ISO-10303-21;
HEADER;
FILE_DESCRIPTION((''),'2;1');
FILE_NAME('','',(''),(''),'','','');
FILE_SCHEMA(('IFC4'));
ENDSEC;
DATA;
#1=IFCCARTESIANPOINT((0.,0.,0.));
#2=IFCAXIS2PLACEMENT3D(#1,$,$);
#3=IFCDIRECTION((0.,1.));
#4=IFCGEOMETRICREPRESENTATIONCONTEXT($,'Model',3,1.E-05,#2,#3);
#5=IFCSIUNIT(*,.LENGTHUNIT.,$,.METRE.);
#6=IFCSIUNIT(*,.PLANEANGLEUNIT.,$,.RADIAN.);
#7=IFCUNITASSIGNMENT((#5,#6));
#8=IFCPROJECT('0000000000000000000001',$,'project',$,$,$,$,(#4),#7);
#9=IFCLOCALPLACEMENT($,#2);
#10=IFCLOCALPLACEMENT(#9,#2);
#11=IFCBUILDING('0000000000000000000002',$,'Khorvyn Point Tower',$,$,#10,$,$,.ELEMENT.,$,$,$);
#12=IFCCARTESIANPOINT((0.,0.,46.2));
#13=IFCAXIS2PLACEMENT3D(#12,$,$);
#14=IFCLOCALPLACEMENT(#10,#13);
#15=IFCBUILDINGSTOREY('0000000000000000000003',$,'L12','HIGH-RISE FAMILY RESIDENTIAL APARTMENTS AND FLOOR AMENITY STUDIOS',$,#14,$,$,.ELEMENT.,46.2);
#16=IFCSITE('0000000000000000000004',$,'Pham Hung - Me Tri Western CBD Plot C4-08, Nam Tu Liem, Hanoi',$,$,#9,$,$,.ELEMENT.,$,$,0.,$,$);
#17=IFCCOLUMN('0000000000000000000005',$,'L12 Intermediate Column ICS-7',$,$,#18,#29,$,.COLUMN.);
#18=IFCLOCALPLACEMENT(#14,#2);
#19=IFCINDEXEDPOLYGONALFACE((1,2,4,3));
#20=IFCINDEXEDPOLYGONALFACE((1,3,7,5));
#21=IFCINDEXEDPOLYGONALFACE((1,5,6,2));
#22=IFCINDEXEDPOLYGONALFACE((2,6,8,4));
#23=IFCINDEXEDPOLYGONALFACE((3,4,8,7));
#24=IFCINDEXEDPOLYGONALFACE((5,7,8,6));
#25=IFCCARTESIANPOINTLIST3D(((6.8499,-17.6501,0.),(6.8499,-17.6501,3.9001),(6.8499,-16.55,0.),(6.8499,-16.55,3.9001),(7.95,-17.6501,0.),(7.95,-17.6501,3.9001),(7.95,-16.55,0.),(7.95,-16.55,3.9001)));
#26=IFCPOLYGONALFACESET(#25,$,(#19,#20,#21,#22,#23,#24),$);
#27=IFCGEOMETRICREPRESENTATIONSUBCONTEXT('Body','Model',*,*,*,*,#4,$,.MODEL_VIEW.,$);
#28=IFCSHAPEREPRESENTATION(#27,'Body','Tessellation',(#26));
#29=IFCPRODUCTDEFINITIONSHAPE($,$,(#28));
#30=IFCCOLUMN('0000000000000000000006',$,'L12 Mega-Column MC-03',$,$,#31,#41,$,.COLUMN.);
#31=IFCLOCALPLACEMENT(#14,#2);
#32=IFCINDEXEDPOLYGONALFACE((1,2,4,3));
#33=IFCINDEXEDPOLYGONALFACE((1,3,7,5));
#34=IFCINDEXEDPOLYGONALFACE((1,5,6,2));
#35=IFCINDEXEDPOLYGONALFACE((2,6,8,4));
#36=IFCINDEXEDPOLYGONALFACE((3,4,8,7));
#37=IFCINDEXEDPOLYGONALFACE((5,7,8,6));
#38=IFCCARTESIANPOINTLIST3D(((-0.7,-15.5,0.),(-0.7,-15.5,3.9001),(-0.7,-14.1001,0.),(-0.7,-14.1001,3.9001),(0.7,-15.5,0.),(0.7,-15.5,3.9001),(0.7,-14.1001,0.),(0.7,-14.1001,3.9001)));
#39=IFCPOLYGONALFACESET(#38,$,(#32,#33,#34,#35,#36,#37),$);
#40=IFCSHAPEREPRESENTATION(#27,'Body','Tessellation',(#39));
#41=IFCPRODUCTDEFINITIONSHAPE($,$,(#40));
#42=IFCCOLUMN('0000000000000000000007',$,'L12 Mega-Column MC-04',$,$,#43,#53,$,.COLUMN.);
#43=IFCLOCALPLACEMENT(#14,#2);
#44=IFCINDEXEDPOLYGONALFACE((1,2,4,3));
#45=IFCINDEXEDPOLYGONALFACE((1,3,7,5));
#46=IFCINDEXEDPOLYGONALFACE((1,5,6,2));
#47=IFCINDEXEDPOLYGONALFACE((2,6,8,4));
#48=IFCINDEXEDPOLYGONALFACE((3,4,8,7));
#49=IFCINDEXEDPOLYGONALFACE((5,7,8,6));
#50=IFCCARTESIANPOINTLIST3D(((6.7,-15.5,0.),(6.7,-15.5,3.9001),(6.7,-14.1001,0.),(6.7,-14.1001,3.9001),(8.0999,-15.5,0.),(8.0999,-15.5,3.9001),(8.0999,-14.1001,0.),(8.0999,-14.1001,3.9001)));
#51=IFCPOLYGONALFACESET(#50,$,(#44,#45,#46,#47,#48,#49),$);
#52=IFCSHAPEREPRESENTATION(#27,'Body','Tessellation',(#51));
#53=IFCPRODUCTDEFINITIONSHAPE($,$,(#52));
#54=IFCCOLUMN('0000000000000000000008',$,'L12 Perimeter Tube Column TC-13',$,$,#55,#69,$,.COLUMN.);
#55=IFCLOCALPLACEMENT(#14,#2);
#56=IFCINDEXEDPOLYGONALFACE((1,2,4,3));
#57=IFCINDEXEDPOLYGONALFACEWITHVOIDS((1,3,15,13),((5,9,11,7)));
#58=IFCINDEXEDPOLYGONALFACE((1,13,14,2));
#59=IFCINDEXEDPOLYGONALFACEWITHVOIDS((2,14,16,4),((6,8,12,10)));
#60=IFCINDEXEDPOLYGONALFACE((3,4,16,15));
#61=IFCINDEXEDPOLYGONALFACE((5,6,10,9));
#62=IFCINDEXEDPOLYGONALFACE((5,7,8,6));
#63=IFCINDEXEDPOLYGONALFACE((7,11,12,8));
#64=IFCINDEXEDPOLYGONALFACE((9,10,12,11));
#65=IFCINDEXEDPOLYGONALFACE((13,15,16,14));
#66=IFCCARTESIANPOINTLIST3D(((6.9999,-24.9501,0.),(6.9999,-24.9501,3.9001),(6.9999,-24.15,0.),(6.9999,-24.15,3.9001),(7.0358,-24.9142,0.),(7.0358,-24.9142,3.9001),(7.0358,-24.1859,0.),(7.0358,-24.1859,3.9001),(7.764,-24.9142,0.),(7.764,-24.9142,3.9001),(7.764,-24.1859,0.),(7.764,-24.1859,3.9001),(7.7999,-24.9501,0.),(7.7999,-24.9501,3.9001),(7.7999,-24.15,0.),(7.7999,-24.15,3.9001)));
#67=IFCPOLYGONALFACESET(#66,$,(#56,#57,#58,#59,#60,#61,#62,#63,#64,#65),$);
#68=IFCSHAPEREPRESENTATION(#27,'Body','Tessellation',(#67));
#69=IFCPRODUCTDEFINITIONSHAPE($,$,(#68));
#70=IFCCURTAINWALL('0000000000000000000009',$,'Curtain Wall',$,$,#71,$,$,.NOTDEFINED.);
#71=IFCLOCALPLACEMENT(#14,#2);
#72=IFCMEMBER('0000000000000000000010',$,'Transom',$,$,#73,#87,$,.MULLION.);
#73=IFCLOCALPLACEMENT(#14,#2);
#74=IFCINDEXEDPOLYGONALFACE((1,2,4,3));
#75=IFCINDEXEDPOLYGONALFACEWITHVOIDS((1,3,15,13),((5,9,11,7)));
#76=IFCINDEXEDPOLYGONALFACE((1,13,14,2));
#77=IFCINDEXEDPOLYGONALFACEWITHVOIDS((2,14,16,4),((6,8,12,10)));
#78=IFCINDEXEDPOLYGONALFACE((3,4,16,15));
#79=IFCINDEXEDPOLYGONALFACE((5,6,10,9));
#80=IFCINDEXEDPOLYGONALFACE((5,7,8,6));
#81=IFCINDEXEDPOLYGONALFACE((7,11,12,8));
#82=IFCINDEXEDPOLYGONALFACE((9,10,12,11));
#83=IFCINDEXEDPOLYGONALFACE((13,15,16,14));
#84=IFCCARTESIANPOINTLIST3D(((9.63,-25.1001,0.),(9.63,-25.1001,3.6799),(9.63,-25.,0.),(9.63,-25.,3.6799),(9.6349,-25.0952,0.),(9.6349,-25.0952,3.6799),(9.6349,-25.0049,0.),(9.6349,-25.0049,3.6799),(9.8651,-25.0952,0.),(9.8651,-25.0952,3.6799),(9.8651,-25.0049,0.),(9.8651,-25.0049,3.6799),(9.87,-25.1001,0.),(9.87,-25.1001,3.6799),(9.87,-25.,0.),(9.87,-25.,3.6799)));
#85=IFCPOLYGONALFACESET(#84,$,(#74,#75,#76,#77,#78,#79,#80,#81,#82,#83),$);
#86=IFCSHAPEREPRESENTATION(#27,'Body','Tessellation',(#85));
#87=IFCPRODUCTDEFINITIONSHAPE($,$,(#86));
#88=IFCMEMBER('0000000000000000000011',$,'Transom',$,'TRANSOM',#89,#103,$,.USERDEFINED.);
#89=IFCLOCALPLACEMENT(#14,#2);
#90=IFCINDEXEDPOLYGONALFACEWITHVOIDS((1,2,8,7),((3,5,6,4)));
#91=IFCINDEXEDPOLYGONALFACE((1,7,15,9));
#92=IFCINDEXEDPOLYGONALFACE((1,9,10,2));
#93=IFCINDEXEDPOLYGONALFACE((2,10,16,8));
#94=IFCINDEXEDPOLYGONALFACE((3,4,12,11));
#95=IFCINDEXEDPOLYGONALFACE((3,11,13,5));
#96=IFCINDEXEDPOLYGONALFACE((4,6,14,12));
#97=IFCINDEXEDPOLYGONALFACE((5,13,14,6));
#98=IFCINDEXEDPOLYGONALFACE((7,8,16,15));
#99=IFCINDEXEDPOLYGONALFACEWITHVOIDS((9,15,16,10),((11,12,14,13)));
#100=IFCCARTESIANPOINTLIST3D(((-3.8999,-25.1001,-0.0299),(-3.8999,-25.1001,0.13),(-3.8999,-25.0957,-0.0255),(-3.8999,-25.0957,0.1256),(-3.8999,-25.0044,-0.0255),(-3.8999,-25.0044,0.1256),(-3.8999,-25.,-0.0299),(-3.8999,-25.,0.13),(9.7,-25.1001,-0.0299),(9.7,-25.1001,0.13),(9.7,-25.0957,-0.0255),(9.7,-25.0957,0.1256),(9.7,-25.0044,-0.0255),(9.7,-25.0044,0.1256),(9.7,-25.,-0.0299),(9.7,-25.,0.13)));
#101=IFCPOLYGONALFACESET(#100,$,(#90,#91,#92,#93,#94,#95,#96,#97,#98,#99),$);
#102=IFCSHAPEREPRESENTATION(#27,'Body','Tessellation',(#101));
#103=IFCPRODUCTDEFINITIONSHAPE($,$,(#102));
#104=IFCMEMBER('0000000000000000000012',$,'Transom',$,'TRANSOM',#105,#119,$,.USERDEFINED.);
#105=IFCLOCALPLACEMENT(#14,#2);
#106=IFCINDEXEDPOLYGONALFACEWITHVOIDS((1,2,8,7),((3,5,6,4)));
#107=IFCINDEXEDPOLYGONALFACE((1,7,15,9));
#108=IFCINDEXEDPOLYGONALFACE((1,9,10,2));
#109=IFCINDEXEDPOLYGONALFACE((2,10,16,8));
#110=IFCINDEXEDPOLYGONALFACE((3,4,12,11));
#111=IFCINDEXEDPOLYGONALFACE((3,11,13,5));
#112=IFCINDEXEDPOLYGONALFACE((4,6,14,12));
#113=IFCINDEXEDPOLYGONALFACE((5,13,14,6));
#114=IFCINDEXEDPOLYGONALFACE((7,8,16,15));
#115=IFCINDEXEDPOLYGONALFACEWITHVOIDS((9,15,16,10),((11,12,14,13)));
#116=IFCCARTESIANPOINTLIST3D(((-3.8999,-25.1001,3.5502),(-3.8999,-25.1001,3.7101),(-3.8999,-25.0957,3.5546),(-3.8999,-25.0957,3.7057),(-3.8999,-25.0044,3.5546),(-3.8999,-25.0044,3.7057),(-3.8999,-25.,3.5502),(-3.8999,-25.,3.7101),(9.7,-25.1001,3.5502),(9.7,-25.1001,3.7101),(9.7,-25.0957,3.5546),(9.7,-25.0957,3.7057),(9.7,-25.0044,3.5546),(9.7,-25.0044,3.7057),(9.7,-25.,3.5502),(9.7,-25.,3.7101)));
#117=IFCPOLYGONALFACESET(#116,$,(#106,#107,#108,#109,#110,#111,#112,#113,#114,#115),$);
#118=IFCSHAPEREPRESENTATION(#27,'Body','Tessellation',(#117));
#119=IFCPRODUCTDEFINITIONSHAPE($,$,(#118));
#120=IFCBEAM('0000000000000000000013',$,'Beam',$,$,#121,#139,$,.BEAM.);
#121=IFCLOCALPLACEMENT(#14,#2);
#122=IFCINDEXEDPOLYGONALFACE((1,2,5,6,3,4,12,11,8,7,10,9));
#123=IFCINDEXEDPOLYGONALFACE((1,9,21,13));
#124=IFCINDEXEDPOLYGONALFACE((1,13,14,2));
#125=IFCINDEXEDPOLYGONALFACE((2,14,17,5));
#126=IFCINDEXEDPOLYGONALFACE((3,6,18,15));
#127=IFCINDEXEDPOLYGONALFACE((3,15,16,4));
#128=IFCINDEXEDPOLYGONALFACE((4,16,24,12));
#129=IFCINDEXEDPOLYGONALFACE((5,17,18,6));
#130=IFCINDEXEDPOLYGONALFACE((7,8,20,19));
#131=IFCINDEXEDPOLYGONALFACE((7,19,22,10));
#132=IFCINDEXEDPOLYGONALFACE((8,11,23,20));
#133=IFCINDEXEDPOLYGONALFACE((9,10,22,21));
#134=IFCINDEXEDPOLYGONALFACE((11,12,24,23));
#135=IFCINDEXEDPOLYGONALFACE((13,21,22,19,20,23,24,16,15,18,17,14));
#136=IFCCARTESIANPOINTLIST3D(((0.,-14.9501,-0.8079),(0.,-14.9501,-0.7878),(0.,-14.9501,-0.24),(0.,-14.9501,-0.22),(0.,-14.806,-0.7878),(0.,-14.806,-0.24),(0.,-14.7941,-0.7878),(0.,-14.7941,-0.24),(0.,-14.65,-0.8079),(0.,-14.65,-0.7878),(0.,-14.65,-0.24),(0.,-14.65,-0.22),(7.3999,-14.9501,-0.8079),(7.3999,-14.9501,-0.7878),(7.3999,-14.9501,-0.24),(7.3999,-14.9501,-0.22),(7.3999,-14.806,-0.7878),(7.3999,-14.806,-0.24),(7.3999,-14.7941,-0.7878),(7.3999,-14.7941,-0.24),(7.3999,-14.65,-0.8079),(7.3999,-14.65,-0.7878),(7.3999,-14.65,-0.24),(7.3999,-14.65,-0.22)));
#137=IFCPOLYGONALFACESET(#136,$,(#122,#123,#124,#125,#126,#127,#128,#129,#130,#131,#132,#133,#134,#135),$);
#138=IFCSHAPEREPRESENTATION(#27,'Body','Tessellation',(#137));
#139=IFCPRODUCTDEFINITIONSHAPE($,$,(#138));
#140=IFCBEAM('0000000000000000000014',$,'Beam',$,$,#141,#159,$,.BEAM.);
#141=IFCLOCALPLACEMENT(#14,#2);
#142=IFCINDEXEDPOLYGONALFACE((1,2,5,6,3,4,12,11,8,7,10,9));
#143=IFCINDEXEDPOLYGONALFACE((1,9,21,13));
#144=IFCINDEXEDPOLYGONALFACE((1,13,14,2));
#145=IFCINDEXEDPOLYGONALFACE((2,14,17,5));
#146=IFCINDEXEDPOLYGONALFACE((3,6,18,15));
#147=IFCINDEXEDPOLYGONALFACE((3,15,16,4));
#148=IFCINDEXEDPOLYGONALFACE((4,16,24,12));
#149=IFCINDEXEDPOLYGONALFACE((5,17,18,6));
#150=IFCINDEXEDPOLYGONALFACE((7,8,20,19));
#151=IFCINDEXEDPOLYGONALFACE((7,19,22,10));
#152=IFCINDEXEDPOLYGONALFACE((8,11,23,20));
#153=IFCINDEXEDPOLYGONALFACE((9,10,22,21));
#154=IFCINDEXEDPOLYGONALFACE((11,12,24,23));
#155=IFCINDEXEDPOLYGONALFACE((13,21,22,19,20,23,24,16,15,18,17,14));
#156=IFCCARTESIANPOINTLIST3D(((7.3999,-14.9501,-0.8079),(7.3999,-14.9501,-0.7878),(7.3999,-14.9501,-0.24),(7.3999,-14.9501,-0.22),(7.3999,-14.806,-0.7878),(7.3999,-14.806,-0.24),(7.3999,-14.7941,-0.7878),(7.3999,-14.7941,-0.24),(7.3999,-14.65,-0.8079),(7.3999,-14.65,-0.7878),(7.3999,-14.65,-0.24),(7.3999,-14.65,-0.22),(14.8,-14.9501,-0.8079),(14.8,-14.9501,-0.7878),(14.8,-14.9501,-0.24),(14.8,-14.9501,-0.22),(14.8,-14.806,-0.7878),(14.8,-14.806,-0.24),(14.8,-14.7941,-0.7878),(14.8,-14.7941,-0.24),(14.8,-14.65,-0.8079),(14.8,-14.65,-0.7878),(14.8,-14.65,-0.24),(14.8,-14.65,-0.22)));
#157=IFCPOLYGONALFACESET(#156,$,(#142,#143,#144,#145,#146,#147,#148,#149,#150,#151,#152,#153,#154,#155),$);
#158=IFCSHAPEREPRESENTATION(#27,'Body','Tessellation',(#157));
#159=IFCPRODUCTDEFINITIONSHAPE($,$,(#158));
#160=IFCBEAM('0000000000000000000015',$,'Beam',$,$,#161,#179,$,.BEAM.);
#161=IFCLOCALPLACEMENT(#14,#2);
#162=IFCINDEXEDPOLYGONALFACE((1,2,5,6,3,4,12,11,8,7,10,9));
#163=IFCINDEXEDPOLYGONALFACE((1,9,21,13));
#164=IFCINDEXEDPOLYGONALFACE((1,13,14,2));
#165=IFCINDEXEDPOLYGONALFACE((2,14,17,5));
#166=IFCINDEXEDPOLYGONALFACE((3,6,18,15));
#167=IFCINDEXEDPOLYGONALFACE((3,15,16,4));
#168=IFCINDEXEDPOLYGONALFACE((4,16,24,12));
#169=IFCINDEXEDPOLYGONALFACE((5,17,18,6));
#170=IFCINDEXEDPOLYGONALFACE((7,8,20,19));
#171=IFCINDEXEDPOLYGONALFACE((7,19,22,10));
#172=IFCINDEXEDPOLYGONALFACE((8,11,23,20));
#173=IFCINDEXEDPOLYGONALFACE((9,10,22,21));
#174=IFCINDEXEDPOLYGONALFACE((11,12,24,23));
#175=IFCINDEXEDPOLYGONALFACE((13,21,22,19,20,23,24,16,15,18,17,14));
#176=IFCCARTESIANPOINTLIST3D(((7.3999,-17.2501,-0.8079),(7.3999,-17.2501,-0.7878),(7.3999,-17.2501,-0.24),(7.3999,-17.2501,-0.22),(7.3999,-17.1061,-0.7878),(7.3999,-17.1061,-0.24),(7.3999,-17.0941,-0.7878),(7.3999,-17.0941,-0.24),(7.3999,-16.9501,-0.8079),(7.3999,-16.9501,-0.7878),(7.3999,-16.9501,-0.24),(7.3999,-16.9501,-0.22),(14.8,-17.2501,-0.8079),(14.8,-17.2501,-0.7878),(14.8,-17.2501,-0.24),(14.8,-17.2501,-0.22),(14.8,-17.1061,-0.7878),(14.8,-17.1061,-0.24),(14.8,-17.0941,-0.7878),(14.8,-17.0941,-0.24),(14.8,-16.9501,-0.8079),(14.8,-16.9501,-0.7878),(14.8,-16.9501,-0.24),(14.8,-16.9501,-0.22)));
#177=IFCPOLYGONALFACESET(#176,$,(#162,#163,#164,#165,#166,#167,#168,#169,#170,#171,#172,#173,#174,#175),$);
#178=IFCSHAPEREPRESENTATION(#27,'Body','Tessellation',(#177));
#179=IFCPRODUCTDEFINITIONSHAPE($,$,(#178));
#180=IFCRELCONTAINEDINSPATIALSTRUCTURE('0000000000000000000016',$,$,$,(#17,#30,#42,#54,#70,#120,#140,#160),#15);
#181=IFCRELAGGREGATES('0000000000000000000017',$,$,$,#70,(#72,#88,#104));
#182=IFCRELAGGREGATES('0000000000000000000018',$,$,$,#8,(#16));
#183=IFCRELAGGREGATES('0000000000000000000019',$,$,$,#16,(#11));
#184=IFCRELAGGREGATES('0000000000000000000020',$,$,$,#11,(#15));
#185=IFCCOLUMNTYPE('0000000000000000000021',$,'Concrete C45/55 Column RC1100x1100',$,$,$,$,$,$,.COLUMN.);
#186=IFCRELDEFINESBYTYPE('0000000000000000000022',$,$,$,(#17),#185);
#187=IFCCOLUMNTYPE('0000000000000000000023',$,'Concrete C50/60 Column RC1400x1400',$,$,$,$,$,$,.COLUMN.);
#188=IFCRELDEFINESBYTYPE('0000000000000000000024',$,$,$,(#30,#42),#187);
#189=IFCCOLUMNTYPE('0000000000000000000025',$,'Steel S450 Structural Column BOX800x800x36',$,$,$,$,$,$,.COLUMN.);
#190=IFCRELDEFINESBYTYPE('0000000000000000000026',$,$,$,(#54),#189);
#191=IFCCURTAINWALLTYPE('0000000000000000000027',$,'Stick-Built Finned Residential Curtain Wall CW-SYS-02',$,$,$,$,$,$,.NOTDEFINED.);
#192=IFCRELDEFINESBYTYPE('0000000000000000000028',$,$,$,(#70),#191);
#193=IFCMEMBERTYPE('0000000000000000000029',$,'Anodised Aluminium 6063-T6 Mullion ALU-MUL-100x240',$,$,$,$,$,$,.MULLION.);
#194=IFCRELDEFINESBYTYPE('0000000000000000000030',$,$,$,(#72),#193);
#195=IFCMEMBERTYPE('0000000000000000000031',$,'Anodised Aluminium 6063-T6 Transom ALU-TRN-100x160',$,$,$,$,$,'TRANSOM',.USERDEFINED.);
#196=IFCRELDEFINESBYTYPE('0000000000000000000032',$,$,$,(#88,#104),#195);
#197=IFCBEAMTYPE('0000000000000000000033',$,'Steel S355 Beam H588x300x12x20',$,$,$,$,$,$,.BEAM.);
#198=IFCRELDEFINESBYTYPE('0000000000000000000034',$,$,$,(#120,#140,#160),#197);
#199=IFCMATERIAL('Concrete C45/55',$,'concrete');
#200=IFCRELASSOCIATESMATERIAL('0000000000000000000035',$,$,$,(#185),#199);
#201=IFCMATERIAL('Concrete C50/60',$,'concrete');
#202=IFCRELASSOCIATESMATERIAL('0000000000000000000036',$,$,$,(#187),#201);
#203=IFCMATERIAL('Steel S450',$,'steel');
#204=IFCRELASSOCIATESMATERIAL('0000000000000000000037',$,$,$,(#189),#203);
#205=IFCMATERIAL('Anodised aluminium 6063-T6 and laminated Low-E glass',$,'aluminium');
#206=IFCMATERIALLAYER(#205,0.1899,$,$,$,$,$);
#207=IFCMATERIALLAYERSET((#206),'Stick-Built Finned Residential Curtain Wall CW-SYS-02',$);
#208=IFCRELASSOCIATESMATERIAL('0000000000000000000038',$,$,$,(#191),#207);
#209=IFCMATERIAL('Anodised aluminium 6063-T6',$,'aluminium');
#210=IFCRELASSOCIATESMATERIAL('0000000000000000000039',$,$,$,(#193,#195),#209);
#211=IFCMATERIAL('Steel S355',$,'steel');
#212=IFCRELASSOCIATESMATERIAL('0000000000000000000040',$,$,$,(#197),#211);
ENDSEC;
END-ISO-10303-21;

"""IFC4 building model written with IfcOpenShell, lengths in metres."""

from ifc_helpers import new_model, si_unit, direction, frame, origin, origin_2d, place, context, subcontext, project, spatial, rectangle, hollow_rectangle, i_section, extrude, material, layer, layer_set, material_profile, profile_set, type_object, element, aggregate, save


model = new_model("IFC4")

# Units and contexts
model_context = context("Model", 3, precision=1e-05, world=origin(), true_north=direction((0.0, 1.0)))
body_context = subcontext(model_context, "Body", "Model", "MODEL_VIEW")
ifc_project = project(units=[si_unit("LENGTHUNIT", "METRE"), si_unit("PLANEANGLEUNIT", "RADIAN")], contexts=[model_context])

# Site, building, storey
site_placement = place(None, origin())
site = spatial("IfcSite", under=ifc_project, at=site_placement, Name="Pham Hung - Me Tri Western CBD Plot C4-08, Nam Tu Liem, Hanoi", CompositionType="ELEMENT", RefElevation=0.0)
building_placement = place(site_placement, origin())
building = spatial("IfcBuilding", under=site, at=building_placement, Name="Khorvyn Point Tower", CompositionType="ELEMENT")
storey_placement = place(building_placement, frame((0.0, 0.0, 46.2)))
storey = spatial("IfcBuildingStorey", under=building, at=storey_placement, Name="L12", Description="HIGH-RISE FAMILY RESIDENTIAL APARTMENTS AND FLOOR AMENITY STUDIOS", CompositionType="ELEMENT", Elevation=46.2)

# Columns
ifc_material_1 = material(Name="Concrete C45/55", Category="concrete")
ifc_material_profile_1 = material_profile(ifc_material_1, rectangle(XDim=1.1001, YDim=1.1001, at=origin_2d()))
ifc_profile_set_1 = profile_set([ifc_material_profile_1], Name="Concrete C45/55 RC1100x1100")
column_type_1 = type_object("IfcColumnType", Name="Concrete C45/55 Column RC1100x1100", PredefinedType="COLUMN", material=ifc_profile_set_1)
column_1_placement = place(storey_placement, frame((7.3999, -17.1001, 0.0), z_axis=(0.0, 0.0, 1.0), x_axis=(1.0, 0.0, 0.0)))
element("IfcColumn", 1, at=column_1_placement, inside=storey, type_object=column_type_1, Name="L12 Intermediate Column ICS-7", PredefinedType="COLUMN", context=body_context, shape_type="SweptSolid", body=[
    extrude(rectangle(XDim=1.1001, YDim=1.1001, at=origin_2d()), origin(), (0.0, 0.0, 1.0), 3.9001),
])
ifc_material_2 = material(Name="Concrete C50/60", Category="concrete")
ifc_material_profile_2 = material_profile(ifc_material_2, rectangle(XDim=1.3999, YDim=1.3999, at=origin_2d()))
ifc_profile_set_2 = profile_set([ifc_material_profile_2], Name="Concrete C50/60 RC1400x1400")
column_type_2 = type_object("IfcColumnType", Name="Concrete C50/60 Column RC1400x1400", PredefinedType="COLUMN", material=ifc_profile_set_2)
for number, where, z_axis, x_axis, name in (
    (2, (0.0, -14.8, 0.0), (0.0, 0.0, 1.0), (1.0, 0.0, 0.0), "L12 Mega-Column MC-03"),
    (3, (7.3999, -14.8, 0.0), (0.0, 0.0, 1.0), (1.0, 0.0, 0.0), "L12 Mega-Column MC-04"),
):
    element("IfcColumn", number, at=place(storey_placement, frame(where, z_axis=z_axis, x_axis=x_axis)), inside=storey, type_object=column_type_2, Name=name, PredefinedType="COLUMN", context=body_context, shape_type="SweptSolid", body=[
        extrude(rectangle(XDim=1.3999, YDim=1.3999, at=origin_2d()), origin(), (0.0, 0.0, 1.0), 3.9001),
    ])
ifc_material_3 = material(Name="Steel S450", Category="steel")
ifc_material_profile_3 = material_profile(ifc_material_3, hollow_rectangle(XDim=0.8, YDim=0.8, WallThickness=0.0359, at=origin_2d()))
ifc_profile_set_3 = profile_set([ifc_material_profile_3], Name="Steel S450 BOX800x800x36")
column_type_3 = type_object("IfcColumnType", Name="Steel S450 Structural Column BOX800x800x36", PredefinedType="COLUMN", material=ifc_profile_set_3)
column_2_placement = place(storey_placement, frame((7.3999, -24.55, 0.0), z_axis=(0.0, 0.0, 1.0), x_axis=(1.0, 0.0, 0.0)))
element("IfcColumn", 4, at=column_2_placement, inside=storey, type_object=column_type_3, Name="L12 Perimeter Tube Column TC-13", PredefinedType="COLUMN", context=body_context, shape_type="SweptSolid", body=[
    extrude(hollow_rectangle(XDim=0.8, YDim=0.8, WallThickness=0.0359, at=origin_2d()), origin(), (0.0, 0.0, 1.0), 3.9001),
])

# Curtain wall, members
ifc_material_4 = material(Name="Anodised aluminium 6063-T6 and laminated Low-E glass", Category="aluminium")
ifc_layer_1 = layer(ifc_material_4, 0.1899)
ifc_layer_set_1 = layer_set([ifc_layer_1], Name="Stick-Built Finned Residential Curtain Wall CW-SYS-02")
curtain_wall_type = type_object("IfcCurtainWallType", Name="Stick-Built Finned Residential Curtain Wall CW-SYS-02", PredefinedType="NOTDEFINED", material=ifc_layer_set_1)
curtain_wall_placement = place(storey_placement, origin())
curtain_wall = element("IfcCurtainWall", 5, at=curtain_wall_placement, inside=storey, type_object=curtain_wall_type, Name="Curtain Wall", PredefinedType="NOTDEFINED")
ifc_material_5 = material(Name="Anodised aluminium 6063-T6", Category="aluminium")
ifc_material_profile_4 = material_profile(ifc_material_5, hollow_rectangle(XDim=0.1001, YDim=0.24, WallThickness=0.0049, at=origin_2d()))
ifc_profile_set_4 = profile_set([ifc_material_profile_4], Name="Anodised aluminium 6063-T6 ALU-MUL-100x240")
member_type_1 = type_object("IfcMemberType", Name="Anodised Aluminium 6063-T6 Mullion ALU-MUL-100x240", PredefinedType="MULLION", material=ifc_profile_set_4)
member_1_placement = place(storey_placement, frame((9.75, -25.05, 0.0), z_axis=(0.0, 0.0, 1.0), x_axis=(0.0, -1.0, 0.0)))
member_1 = element("IfcMember", 6, at=member_1_placement, type_object=member_type_1, Name="Transom", PredefinedType="MULLION", context=body_context, shape_type="SweptSolid", body=[
    extrude(hollow_rectangle(XDim=0.1001, YDim=0.24, WallThickness=0.0049, at=origin_2d()), origin(), (0.0, 0.0, 1.0), 3.6799),
])
ifc_material_profile_5 = material_profile(ifc_material_5, hollow_rectangle(XDim=0.1001, YDim=0.1599, WallThickness=0.0044, at=origin_2d()))
ifc_profile_set_5 = profile_set([ifc_material_profile_5], Name="Anodised aluminium 6063-T6 ALU-TRN-100x160")
member_type_2 = type_object("IfcMemberType", Name="Anodised Aluminium 6063-T6 Transom ALU-TRN-100x160", ElementType="TRANSOM", PredefinedType="USERDEFINED", material=ifc_profile_set_5)
member_2_placement = place(storey_placement, frame((9.7, -25.05, 0.05), z_axis=(-1.0, 0.0, 0.0), x_axis=(0.0, -1.0, 0.0)))
member_2 = element("IfcMember", 7, at=member_2_placement, type_object=member_type_2, Name="Transom", ObjectType="TRANSOM", PredefinedType="USERDEFINED", context=body_context, shape_type="SweptSolid", body=[
    extrude(hollow_rectangle(XDim=0.1001, YDim=0.1599, WallThickness=0.0044, at=origin_2d()), origin(), (0.0, 0.0, 1.0), 13.5999),
])
member_3_placement = place(storey_placement, frame((9.7, -25.05, 3.6301), z_axis=(-1.0, 0.0, 0.0), x_axis=(0.0, -1.0, 0.0)))
member_3 = element("IfcMember", 8, at=member_3_placement, type_object=member_type_2, Name="Transom", ObjectType="TRANSOM", PredefinedType="USERDEFINED", context=body_context, shape_type="SweptSolid", body=[
    extrude(hollow_rectangle(XDim=0.1001, YDim=0.1599, WallThickness=0.0044, at=origin_2d()), origin(), (0.0, 0.0, 1.0), 13.5999),
])

# Beams
ifc_material_6 = material(Name="Steel S355", Category="steel")
ifc_material_profile_6 = material_profile(ifc_material_6, i_section(OverallWidth=0.3, OverallDepth=0.5879, WebThickness=0.012, FlangeThickness=0.02, at=origin_2d()))
ifc_profile_set_6 = profile_set([ifc_material_profile_6], Name="Steel S355 H588x300x12x20")
beam_type_1 = type_object("IfcBeamType", Name="Steel S355 Beam H588x300x12x20", PredefinedType="BEAM", material=ifc_profile_set_6)
beam_1_placement = place(storey_placement, frame((0.0, -14.8, -0.5139), z_axis=(1.0, 0.0, 0.0), x_axis=(0.0, 1.0, 0.0)))
element("IfcBeam", 9, at=beam_1_placement, inside=storey, type_object=beam_type_1, Name="Beam", PredefinedType="BEAM", context=body_context, shape_type="SweptSolid", body=[
    extrude(i_section(OverallWidth=0.3, OverallDepth=0.5879, WebThickness=0.012, FlangeThickness=0.02, at=origin_2d()), origin(), (0.0, 0.0, 1.0), 7.3999),
])
for number, where, z_axis, x_axis, name in (
    (10, (7.3999, -14.8, -0.5139), (1.0, 0.0, 0.0), (0.0, 1.0, 0.0), "Beam"),
    (11, (7.3999, -17.1001, -0.5139), (1.0, 0.0, 0.0), (0.0, 1.0, 0.0), "Beam"),
):
    element("IfcBeam", number, at=place(storey_placement, frame(where, z_axis=z_axis, x_axis=x_axis)), inside=storey, type_object=beam_type_1, Name=name, PredefinedType="BEAM", context=body_context, shape_type="SweptSolid", body=[
        extrude(i_section(OverallWidth=0.3, OverallDepth=0.5879, WebThickness=0.012, FlangeThickness=0.02, at=origin_2d()), origin(), (0.0, 0.0, 1.0), 7.4001),
    ])

aggregate(curtain_wall, [member_1, member_2, member_3])

save(model, "model.ifc")
